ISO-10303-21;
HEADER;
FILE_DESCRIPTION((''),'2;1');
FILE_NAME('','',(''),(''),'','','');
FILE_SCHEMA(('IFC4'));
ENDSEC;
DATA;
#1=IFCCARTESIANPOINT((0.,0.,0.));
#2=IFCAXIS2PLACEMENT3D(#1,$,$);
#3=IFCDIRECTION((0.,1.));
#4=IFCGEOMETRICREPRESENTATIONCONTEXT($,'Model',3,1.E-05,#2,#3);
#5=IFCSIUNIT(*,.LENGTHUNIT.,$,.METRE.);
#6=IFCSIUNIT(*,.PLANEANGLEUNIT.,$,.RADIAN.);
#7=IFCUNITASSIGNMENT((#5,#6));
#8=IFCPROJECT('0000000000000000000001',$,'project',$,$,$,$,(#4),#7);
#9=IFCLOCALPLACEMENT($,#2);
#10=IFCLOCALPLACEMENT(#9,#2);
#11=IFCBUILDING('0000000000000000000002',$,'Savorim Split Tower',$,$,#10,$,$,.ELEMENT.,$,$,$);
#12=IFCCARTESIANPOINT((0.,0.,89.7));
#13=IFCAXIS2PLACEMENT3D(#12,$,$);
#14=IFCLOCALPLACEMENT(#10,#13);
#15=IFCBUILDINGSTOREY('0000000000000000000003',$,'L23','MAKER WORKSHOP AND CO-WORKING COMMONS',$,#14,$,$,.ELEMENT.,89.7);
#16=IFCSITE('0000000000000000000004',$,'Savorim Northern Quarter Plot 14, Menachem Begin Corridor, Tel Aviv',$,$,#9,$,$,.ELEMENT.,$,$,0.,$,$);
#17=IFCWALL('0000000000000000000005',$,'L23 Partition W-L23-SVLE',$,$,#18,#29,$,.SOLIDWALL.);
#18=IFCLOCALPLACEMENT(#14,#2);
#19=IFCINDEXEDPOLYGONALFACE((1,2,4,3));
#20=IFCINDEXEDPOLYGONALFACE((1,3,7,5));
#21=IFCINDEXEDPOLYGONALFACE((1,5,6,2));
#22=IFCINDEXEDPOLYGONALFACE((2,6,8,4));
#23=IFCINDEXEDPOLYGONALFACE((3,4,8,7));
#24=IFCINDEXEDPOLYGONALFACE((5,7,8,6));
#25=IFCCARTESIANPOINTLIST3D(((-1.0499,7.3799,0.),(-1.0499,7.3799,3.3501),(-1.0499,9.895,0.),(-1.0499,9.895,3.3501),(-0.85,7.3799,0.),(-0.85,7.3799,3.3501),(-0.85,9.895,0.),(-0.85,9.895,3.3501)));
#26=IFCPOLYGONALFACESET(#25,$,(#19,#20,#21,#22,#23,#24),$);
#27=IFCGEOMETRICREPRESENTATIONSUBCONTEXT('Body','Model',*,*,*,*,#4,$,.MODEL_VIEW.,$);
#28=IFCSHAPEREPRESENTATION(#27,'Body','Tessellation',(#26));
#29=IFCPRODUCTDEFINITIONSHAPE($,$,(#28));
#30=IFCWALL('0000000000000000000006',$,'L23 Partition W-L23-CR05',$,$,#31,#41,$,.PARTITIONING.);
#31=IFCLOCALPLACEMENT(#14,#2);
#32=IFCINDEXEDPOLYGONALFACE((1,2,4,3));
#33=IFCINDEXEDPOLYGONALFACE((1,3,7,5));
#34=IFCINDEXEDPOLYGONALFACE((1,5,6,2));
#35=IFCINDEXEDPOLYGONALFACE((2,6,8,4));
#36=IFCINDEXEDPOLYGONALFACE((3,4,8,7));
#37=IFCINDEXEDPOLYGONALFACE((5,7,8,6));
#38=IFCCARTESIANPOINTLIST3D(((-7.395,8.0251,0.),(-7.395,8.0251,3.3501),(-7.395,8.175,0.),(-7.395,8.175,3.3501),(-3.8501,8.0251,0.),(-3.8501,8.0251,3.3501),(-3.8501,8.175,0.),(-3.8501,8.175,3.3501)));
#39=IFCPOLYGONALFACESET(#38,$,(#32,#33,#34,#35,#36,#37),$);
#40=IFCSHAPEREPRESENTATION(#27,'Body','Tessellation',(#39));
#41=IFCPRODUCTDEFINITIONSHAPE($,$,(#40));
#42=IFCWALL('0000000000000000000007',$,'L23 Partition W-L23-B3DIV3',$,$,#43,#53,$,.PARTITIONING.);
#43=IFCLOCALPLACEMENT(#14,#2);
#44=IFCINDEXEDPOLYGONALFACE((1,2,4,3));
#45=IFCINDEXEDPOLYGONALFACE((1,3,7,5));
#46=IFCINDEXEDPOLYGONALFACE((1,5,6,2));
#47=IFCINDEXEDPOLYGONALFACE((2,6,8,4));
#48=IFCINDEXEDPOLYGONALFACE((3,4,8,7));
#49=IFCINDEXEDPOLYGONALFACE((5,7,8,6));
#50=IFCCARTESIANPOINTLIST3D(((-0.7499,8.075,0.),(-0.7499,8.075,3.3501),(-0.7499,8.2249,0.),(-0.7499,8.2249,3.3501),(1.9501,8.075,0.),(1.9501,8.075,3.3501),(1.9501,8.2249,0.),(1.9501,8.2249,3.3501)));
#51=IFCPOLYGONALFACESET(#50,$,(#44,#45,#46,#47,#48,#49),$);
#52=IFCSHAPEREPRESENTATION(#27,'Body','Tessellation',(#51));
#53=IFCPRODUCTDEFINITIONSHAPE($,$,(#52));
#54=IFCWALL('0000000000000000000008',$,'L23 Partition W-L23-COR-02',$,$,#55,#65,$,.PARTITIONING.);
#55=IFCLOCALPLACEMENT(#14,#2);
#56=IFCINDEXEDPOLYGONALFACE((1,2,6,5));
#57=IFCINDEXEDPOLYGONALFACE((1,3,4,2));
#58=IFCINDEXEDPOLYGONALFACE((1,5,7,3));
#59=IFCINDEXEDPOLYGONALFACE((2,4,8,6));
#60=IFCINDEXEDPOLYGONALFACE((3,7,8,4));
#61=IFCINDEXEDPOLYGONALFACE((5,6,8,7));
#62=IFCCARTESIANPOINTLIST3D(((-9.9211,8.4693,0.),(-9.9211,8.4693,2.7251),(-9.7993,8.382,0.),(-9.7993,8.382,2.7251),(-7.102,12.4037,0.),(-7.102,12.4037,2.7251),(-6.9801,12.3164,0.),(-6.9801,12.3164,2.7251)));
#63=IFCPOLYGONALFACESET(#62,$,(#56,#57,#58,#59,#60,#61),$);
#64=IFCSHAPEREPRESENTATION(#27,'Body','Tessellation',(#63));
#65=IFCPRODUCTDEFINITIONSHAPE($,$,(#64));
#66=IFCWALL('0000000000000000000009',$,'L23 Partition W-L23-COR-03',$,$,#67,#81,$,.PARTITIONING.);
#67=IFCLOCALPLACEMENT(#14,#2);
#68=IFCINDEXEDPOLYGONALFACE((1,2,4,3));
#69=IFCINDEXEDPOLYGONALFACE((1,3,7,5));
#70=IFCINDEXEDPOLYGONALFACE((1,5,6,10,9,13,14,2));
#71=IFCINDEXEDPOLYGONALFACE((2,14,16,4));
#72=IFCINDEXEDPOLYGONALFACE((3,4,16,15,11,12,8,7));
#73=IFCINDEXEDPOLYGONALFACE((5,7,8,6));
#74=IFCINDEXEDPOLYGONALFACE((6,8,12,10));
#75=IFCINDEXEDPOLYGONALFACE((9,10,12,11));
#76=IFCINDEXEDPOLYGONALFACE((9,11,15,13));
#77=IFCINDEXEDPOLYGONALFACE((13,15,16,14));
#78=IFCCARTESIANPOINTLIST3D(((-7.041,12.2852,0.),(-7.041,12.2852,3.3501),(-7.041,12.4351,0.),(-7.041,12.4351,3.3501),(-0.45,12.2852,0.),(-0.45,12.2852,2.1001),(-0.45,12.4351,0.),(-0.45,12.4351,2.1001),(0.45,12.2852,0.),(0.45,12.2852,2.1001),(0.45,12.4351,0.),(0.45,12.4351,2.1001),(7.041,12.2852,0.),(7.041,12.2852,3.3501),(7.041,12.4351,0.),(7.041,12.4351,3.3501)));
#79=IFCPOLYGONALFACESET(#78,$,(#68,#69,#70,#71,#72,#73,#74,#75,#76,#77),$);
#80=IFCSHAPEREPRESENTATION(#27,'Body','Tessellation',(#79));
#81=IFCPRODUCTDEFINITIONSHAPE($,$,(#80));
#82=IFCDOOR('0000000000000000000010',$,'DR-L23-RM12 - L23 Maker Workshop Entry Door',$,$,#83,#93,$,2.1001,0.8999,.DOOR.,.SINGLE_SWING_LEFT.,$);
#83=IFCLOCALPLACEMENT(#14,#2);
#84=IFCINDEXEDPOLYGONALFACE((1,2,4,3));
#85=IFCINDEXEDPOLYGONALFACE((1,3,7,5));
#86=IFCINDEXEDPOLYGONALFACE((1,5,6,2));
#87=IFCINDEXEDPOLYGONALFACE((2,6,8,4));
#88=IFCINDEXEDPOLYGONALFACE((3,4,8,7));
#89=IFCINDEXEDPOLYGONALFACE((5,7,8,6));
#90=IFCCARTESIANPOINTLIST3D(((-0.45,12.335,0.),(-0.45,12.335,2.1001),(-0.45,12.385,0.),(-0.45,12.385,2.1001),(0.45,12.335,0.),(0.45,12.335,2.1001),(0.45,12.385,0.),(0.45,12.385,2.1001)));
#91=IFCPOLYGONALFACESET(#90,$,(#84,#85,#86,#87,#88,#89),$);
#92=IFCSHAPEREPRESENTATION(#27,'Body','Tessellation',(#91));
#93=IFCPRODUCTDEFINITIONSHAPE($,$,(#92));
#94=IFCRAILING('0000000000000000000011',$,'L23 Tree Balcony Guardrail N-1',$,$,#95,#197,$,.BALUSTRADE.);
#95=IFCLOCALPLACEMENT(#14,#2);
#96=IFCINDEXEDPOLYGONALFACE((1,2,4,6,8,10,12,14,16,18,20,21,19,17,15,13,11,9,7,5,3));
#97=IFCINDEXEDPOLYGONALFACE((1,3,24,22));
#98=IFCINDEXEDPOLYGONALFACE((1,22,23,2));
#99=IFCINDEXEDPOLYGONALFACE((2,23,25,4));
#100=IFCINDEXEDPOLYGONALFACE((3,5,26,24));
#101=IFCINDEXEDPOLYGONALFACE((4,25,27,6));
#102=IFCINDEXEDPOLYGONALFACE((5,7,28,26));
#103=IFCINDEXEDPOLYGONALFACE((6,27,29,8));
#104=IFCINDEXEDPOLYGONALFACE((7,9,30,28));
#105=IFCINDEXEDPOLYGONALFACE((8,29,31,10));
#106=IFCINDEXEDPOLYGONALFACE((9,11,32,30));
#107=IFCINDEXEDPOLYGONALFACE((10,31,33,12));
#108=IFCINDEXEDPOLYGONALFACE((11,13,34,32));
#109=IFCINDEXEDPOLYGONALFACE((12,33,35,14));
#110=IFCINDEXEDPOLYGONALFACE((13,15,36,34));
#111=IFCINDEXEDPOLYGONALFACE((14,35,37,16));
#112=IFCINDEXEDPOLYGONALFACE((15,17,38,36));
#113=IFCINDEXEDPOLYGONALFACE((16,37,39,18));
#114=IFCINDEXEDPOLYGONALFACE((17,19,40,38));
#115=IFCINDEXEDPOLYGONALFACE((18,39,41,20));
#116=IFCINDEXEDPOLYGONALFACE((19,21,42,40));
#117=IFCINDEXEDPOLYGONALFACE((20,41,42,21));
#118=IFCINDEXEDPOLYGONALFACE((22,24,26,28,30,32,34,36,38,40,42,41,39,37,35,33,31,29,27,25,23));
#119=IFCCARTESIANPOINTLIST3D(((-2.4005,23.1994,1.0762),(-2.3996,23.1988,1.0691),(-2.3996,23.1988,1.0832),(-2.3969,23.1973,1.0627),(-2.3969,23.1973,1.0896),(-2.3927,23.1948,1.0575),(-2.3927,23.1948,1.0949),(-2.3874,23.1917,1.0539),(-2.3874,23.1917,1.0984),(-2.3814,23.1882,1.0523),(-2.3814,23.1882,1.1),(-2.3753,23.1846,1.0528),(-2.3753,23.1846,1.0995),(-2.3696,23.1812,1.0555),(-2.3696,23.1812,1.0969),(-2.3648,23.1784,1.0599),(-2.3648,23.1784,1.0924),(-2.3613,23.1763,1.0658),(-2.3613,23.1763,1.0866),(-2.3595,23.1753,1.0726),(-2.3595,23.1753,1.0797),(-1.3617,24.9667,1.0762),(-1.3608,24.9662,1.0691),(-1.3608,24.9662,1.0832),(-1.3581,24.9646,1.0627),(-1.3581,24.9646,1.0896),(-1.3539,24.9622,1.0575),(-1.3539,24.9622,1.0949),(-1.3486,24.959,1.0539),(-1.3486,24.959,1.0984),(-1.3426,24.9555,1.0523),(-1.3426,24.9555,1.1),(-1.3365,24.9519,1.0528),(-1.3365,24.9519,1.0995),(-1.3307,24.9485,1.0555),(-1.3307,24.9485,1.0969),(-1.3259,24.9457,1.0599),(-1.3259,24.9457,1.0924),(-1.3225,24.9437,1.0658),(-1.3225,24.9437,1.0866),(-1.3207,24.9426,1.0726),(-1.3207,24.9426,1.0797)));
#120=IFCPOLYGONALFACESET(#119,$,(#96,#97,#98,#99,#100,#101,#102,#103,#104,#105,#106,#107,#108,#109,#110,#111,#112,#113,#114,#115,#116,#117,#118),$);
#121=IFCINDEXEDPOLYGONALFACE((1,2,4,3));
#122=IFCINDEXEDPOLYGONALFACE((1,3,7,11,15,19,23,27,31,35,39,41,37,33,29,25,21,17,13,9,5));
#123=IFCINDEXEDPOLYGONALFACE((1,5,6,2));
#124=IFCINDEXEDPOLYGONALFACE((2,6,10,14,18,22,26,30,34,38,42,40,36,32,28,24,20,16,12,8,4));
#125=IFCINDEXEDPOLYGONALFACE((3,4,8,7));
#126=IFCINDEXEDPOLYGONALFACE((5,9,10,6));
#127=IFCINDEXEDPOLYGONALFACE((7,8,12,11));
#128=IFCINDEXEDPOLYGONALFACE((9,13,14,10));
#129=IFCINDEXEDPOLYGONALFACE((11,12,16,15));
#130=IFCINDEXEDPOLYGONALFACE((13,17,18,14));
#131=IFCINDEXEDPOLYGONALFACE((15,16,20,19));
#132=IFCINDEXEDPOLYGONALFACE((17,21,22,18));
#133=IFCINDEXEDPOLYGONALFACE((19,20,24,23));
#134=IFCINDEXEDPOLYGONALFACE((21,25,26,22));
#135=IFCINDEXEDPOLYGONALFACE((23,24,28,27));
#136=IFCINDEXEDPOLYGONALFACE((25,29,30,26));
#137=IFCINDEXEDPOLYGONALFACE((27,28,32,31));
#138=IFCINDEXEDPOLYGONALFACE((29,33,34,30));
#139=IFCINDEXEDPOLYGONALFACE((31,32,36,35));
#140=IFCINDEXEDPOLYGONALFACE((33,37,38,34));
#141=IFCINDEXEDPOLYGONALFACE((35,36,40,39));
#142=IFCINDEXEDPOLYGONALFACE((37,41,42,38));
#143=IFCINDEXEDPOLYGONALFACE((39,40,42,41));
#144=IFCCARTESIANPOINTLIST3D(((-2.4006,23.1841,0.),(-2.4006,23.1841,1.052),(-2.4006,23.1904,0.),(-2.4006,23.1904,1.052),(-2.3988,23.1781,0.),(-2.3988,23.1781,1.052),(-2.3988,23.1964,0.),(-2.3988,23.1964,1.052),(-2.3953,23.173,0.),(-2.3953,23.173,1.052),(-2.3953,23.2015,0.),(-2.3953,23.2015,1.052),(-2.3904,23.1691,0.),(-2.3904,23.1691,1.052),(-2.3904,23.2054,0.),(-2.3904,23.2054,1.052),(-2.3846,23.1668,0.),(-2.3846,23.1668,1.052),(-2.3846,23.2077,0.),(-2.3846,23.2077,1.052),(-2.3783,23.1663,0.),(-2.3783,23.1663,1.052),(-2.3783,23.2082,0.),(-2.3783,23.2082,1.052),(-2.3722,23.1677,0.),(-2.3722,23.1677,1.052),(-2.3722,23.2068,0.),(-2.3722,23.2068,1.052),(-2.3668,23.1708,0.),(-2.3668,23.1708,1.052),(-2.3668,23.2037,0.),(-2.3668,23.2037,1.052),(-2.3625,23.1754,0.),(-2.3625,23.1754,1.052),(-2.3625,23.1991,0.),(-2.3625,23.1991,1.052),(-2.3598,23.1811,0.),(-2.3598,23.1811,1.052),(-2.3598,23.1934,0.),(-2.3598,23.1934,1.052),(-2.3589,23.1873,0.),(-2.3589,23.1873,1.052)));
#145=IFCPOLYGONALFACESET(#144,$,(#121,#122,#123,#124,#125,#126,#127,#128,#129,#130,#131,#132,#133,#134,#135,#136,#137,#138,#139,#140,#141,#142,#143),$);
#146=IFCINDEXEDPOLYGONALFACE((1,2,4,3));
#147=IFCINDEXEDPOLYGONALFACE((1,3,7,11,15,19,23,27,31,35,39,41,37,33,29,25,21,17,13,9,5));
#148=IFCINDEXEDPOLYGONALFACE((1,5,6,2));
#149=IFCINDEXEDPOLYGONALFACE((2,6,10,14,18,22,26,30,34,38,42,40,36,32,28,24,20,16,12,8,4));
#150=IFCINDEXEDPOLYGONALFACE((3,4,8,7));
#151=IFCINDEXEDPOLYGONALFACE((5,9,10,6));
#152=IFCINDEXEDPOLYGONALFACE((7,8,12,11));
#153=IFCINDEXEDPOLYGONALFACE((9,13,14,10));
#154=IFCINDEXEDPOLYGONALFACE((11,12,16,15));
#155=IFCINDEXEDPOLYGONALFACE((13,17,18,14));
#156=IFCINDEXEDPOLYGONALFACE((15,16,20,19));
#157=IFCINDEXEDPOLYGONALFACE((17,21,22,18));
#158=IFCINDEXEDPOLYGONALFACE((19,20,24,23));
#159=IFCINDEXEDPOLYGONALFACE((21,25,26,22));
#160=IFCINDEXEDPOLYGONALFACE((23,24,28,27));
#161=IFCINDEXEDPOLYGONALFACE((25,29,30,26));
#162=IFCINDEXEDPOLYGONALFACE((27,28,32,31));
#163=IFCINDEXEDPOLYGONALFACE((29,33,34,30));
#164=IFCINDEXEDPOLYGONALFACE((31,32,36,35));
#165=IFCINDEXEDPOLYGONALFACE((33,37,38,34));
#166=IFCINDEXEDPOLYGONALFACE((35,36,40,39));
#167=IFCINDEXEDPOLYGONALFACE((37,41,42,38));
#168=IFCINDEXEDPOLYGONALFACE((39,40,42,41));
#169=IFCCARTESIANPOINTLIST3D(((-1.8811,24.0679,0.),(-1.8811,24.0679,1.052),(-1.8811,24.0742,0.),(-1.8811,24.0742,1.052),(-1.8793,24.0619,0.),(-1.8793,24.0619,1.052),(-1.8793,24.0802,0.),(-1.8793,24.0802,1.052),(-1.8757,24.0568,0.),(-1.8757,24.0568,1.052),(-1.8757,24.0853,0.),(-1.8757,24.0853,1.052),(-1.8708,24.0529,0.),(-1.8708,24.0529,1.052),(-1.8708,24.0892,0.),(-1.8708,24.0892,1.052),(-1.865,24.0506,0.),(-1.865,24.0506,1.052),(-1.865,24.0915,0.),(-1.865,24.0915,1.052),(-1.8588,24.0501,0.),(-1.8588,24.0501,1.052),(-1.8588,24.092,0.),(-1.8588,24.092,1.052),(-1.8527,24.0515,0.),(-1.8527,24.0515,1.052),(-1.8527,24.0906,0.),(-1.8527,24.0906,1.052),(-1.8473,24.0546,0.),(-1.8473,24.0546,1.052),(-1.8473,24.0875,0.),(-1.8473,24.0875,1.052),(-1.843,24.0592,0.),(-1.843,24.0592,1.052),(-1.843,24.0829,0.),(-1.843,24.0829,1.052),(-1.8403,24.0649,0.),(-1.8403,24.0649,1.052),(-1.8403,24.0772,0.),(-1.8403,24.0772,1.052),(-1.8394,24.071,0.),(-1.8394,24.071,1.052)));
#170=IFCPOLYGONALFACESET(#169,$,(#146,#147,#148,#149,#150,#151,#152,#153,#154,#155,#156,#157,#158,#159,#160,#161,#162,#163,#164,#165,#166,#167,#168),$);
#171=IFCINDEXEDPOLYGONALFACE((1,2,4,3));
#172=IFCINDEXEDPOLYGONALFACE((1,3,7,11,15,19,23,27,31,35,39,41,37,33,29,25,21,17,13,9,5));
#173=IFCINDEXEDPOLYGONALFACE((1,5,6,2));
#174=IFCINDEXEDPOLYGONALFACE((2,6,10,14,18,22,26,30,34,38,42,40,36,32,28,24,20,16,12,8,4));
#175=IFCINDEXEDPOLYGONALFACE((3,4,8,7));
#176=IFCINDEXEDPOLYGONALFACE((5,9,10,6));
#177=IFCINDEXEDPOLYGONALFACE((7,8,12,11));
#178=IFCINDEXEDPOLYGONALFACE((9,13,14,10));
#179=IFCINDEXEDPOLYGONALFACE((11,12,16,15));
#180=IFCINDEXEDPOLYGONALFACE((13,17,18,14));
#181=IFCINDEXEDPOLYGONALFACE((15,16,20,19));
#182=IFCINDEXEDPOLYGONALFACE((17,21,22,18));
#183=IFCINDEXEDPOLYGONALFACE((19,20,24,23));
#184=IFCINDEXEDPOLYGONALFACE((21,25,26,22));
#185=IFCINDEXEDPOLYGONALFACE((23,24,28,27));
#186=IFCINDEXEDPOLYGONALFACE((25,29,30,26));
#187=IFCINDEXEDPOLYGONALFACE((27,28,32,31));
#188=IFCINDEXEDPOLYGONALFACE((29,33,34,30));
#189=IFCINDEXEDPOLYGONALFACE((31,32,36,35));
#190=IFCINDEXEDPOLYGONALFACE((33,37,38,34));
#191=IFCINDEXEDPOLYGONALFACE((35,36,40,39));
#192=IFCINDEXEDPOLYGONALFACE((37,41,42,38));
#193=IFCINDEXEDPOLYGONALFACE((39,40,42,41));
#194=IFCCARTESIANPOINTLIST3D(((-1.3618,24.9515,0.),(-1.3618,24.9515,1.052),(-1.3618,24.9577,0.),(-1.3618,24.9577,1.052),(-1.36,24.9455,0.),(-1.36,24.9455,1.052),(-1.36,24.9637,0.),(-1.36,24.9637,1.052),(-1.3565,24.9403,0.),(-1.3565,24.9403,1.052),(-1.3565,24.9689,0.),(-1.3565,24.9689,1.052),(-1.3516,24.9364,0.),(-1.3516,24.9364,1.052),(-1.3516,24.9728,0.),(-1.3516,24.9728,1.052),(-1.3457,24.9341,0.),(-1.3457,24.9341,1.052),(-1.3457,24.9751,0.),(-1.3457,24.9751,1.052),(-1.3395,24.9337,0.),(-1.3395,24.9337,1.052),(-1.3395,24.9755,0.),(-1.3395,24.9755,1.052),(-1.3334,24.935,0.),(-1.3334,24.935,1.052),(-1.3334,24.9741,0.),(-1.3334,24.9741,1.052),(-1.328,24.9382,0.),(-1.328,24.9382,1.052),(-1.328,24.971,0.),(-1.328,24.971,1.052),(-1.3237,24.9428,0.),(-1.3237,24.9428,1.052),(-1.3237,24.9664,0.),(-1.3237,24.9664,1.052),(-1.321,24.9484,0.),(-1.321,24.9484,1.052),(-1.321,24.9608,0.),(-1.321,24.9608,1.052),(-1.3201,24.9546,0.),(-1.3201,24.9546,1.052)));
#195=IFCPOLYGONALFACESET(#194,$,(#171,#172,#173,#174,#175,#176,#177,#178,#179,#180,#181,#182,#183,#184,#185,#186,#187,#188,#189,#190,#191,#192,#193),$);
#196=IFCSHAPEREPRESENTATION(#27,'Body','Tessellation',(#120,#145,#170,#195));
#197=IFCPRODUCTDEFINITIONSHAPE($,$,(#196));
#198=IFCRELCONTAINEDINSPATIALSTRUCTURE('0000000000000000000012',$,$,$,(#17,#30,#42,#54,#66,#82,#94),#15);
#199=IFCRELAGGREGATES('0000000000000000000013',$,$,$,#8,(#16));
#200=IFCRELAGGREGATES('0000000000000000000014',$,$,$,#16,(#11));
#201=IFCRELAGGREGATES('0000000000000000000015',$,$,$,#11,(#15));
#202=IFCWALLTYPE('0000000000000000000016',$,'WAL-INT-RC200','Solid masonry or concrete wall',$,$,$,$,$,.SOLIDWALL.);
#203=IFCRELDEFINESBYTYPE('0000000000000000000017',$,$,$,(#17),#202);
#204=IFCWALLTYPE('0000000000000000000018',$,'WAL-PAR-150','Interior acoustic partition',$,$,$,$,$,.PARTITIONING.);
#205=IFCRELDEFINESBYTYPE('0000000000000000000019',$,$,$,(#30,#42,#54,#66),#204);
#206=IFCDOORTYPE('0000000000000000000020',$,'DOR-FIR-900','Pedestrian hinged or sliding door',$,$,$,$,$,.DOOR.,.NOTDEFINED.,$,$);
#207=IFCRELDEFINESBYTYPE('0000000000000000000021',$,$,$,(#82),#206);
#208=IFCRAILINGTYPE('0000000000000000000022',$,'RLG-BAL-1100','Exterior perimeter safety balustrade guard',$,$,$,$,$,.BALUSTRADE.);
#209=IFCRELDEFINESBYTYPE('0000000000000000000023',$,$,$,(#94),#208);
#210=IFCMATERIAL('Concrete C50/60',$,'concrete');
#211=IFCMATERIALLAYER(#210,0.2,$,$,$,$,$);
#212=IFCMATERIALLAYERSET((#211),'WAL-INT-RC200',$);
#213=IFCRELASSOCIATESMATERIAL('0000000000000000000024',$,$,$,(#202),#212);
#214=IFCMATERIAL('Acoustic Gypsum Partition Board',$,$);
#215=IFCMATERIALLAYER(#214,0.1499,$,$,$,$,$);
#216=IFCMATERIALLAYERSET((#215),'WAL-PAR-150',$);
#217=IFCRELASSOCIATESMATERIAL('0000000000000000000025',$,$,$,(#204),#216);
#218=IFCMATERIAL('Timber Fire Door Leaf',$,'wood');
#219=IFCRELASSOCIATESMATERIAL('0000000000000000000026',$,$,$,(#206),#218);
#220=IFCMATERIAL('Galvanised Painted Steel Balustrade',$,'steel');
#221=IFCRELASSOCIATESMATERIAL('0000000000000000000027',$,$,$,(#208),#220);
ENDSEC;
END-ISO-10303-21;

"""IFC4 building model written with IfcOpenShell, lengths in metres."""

from ifc_helpers import new_model, si_unit, direction, frame, frame_2d, origin, origin_2d, place, context, subcontext, project, spatial, rectangle, circle, extrude, material, layer, layer_set, type_object, element, fill, save


model = new_model("IFC4")

# Units and contexts
model_context = context("Model", 3, precision=1e-05, world=origin(), true_north=direction((0.0, 1.0)))
body_context = subcontext(model_context, "Body", "Model", "MODEL_VIEW")
ifc_project = project(units=[si_unit("LENGTHUNIT", "METRE"), si_unit("PLANEANGLEUNIT", "RADIAN")], contexts=[model_context])

# Site, building, storey
site_placement = place(None, origin())
site = spatial("IfcSite", under=ifc_project, at=site_placement, Name="Savorim Northern Quarter Plot 14, Menachem Begin Corridor, Tel Aviv", CompositionType="ELEMENT", RefElevation=0.0)
building_placement = place(site_placement, origin())
building = spatial("IfcBuilding", under=site, at=building_placement, Name="Savorim Split Tower", CompositionType="ELEMENT")
storey_placement = place(building_placement, frame((0.0, 0.0, 89.7)))
storey = spatial("IfcBuildingStorey", under=building, at=storey_placement, Name="L23", Description="MAKER WORKSHOP AND CO-WORKING COMMONS", CompositionType="ELEMENT", Elevation=89.7)

# Shared definitions
ifc_material_1 = material(Name="Concrete C50/60", Category="concrete")
ifc_layer_1 = layer(ifc_material_1, 0.2)
ifc_layer_set_1 = layer_set([ifc_layer_1], Name="WAL-INT-RC200")
wall_type_1 = type_object("IfcWallType", Name="WAL-INT-RC200", Description="Solid masonry or concrete wall", PredefinedType="SOLIDWALL", material=ifc_layer_set_1)

# Walls
wall_1_placement = place(storey_placement, frame((-0.95, 7.3799, 0.0), z_axis=(0.0, 0.0, 1.0), x_axis=(0.0, 1.0, 0.0)))
element("IfcWall", 1, at=wall_1_placement, inside=storey, type_object=wall_type_1, Name="L23 Partition W-L23-SVLE", PredefinedType="SOLIDWALL", context=body_context, shape_type="SweptSolid", body=[
    extrude(rectangle(XDim=2.5151, YDim=0.2, at=frame_2d((1.2576, 0.0))), origin(), (0.0, 0.0, 1.0), 3.3501),
])
ifc_material_2 = material(Name="Acoustic Gypsum Partition Board")
ifc_layer_2 = layer(ifc_material_2, 0.1499)
ifc_layer_set_2 = layer_set([ifc_layer_2], Name="WAL-PAR-150")
wall_type_2 = type_object("IfcWallType", Name="WAL-PAR-150", Description="Interior acoustic partition", PredefinedType="PARTITIONING", material=ifc_layer_set_2)
wall_2_placement = place(storey_placement, frame((-7.395, 8.1001, 0.0), z_axis=(0.0, 0.0, 1.0), x_axis=(1.0, 0.0, 0.0)))
element("IfcWall", 2, at=wall_2_placement, inside=storey, type_object=wall_type_2, Name="L23 Partition W-L23-CR05", PredefinedType="PARTITIONING", context=body_context, shape_type="SweptSolid", body=[
    extrude(rectangle(XDim=3.5449, YDim=0.1499, at=frame_2d((1.7725, 0.0))), origin(), (0.0, 0.0, 1.0), 3.3501),
])
wall_3_placement = place(storey_placement, frame((-0.75, 8.1499, 0.0), z_axis=(0.0, 0.0, 1.0), x_axis=(1.0, 0.0, 0.0)))
element("IfcWall", 3, at=wall_3_placement, inside=storey, type_object=wall_type_2, Name="L23 Partition W-L23-B3DIV3", PredefinedType="PARTITIONING", context=body_context, shape_type="SweptSolid", body=[
    extrude(rectangle(XDim=2.7, YDim=0.1499, at=frame_2d((1.3501, 0.0))), origin(), (0.0, 0.0, 1.0), 3.3501),
])
wall_4_placement = place(storey_placement, frame((-9.8601, 8.4258, 0.0), z_axis=(0.0, 0.0, 1.0), x_axis=(0.58245, 0.812867, 0.0)))
element("IfcWall", 4, at=wall_4_placement, inside=storey, type_object=wall_type_2, Name="L23 Partition W-L23-COR-02", PredefinedType="PARTITIONING", context=body_context, shape_type="SweptSolid", body=[
    extrude(rectangle(XDim=4.8401, YDim=0.1499, at=frame_2d((2.4199, 0.0))), origin(), (0.0, 0.0, 1.0), 2.7251),
])

# Wall, opening, door
wall_5_placement = place(storey_placement, frame((-7.041, 12.3601, 0.0), z_axis=(0.0, 0.0, 1.0), x_axis=(1.0, 0.0, 0.0)))
wall_5 = element("IfcWall", 5, at=wall_5_placement, inside=storey, type_object=wall_type_2, Name="L23 Partition W-L23-COR-03", PredefinedType="PARTITIONING", context=body_context, shape_type="SweptSolid", body=[
    extrude(rectangle(XDim=14.082, YDim=0.1499, at=frame_2d((7.041, 0.0))), origin(), (0.0, 0.0, 1.0), 3.3501),
])
opening_1_placement = place(wall_5_placement, frame((6.5911, 0.0, 0.0)))
opening_1 = element("IfcOpeningElement", 6, at=opening_1_placement, cuts=wall_5, PredefinedType="OPENING", context=body_context, shape_type="SweptSolid", body=[
    extrude(rectangle(XDim=0.8999, YDim=2.1001, at=frame_2d((0.45, 1.05))), frame((0.0, 0.085, 0.0), z_axis=(0.0, -1.0, 0.0), x_axis=(1.0, 0.0, 0.0)), (0.0, 0.0, 1.0), 0.1699),
])
ifc_material_3 = material(Name="Timber Fire Door Leaf", Category="wood")
door_type_1 = type_object("IfcDoorType", Name="DOR-FIR-900", Description="Pedestrian hinged or sliding door", OperationType="NOTDEFINED", PredefinedType="DOOR", material=ifc_material_3)
door_1_placement = place(opening_1_placement, origin())
door_1 = element("IfcDoor", 7, at=door_1_placement, inside=storey, type_object=door_type_1, Name="DR-L23-RM12 - L23 Maker Workshop Entry Door", OperationType="SINGLE_SWING_LEFT", OverallHeight=2.1001, OverallWidth=0.8999, PredefinedType="DOOR", context=body_context, shape_type="SweptSolid", body=[
    extrude(rectangle(XDim=0.8999, YDim=2.1001, at=frame_2d((0.45, 1.05))), frame((0.0, 0.0249, 0.0), z_axis=(0.0, -1.0, 0.0), x_axis=(1.0, 0.0, 0.0)), (0.0, 0.0, 1.0), 0.05),
])
fill(opening_1, door_1)

# Railing
ifc_material_4 = material(Name="Galvanised Painted Steel Balustrade", Category="steel")
railing_type = type_object("IfcRailingType", Name="RLG-BAL-1100", Description="Exterior perimeter safety balustrade guard", PredefinedType="BALUSTRADE", material=ifc_material_4)
railing_1_placement = place(storey_placement, frame((-2.3799, 23.1873, 0.0)))
element("IfcRailing", 8, at=railing_1_placement, inside=storey, type_object=railing_type, Name="L23 Tree Balcony Guardrail N-1", PredefinedType="BALUSTRADE", context=body_context, shape_type="SweptSolid", body=[
    extrude(circle(Radius=0.0239, at=origin_2d()), frame((0.0, 0.0, 1.0762), z_axis=(0.506734, 0.862103, 0.0), x_axis=(-0.862103, 0.506734, 0.0)), (0.0, 0.0, 1.0), 2.05),
    extrude(circle(Radius=0.021, at=origin_2d()), origin(), (0.0, 0.0, 1.0), 1.052),
    extrude(circle(Radius=0.021, at=origin_2d()), frame((0.5195, 0.8838, 0.0)), (0.0, 0.0, 1.0), 1.052),
    extrude(circle(Radius=0.021, at=origin_2d()), frame((1.0388, 1.7673, 0.0)), (0.0, 0.0, 1.0), 1.052),
])

save(model, "model.ifc")
